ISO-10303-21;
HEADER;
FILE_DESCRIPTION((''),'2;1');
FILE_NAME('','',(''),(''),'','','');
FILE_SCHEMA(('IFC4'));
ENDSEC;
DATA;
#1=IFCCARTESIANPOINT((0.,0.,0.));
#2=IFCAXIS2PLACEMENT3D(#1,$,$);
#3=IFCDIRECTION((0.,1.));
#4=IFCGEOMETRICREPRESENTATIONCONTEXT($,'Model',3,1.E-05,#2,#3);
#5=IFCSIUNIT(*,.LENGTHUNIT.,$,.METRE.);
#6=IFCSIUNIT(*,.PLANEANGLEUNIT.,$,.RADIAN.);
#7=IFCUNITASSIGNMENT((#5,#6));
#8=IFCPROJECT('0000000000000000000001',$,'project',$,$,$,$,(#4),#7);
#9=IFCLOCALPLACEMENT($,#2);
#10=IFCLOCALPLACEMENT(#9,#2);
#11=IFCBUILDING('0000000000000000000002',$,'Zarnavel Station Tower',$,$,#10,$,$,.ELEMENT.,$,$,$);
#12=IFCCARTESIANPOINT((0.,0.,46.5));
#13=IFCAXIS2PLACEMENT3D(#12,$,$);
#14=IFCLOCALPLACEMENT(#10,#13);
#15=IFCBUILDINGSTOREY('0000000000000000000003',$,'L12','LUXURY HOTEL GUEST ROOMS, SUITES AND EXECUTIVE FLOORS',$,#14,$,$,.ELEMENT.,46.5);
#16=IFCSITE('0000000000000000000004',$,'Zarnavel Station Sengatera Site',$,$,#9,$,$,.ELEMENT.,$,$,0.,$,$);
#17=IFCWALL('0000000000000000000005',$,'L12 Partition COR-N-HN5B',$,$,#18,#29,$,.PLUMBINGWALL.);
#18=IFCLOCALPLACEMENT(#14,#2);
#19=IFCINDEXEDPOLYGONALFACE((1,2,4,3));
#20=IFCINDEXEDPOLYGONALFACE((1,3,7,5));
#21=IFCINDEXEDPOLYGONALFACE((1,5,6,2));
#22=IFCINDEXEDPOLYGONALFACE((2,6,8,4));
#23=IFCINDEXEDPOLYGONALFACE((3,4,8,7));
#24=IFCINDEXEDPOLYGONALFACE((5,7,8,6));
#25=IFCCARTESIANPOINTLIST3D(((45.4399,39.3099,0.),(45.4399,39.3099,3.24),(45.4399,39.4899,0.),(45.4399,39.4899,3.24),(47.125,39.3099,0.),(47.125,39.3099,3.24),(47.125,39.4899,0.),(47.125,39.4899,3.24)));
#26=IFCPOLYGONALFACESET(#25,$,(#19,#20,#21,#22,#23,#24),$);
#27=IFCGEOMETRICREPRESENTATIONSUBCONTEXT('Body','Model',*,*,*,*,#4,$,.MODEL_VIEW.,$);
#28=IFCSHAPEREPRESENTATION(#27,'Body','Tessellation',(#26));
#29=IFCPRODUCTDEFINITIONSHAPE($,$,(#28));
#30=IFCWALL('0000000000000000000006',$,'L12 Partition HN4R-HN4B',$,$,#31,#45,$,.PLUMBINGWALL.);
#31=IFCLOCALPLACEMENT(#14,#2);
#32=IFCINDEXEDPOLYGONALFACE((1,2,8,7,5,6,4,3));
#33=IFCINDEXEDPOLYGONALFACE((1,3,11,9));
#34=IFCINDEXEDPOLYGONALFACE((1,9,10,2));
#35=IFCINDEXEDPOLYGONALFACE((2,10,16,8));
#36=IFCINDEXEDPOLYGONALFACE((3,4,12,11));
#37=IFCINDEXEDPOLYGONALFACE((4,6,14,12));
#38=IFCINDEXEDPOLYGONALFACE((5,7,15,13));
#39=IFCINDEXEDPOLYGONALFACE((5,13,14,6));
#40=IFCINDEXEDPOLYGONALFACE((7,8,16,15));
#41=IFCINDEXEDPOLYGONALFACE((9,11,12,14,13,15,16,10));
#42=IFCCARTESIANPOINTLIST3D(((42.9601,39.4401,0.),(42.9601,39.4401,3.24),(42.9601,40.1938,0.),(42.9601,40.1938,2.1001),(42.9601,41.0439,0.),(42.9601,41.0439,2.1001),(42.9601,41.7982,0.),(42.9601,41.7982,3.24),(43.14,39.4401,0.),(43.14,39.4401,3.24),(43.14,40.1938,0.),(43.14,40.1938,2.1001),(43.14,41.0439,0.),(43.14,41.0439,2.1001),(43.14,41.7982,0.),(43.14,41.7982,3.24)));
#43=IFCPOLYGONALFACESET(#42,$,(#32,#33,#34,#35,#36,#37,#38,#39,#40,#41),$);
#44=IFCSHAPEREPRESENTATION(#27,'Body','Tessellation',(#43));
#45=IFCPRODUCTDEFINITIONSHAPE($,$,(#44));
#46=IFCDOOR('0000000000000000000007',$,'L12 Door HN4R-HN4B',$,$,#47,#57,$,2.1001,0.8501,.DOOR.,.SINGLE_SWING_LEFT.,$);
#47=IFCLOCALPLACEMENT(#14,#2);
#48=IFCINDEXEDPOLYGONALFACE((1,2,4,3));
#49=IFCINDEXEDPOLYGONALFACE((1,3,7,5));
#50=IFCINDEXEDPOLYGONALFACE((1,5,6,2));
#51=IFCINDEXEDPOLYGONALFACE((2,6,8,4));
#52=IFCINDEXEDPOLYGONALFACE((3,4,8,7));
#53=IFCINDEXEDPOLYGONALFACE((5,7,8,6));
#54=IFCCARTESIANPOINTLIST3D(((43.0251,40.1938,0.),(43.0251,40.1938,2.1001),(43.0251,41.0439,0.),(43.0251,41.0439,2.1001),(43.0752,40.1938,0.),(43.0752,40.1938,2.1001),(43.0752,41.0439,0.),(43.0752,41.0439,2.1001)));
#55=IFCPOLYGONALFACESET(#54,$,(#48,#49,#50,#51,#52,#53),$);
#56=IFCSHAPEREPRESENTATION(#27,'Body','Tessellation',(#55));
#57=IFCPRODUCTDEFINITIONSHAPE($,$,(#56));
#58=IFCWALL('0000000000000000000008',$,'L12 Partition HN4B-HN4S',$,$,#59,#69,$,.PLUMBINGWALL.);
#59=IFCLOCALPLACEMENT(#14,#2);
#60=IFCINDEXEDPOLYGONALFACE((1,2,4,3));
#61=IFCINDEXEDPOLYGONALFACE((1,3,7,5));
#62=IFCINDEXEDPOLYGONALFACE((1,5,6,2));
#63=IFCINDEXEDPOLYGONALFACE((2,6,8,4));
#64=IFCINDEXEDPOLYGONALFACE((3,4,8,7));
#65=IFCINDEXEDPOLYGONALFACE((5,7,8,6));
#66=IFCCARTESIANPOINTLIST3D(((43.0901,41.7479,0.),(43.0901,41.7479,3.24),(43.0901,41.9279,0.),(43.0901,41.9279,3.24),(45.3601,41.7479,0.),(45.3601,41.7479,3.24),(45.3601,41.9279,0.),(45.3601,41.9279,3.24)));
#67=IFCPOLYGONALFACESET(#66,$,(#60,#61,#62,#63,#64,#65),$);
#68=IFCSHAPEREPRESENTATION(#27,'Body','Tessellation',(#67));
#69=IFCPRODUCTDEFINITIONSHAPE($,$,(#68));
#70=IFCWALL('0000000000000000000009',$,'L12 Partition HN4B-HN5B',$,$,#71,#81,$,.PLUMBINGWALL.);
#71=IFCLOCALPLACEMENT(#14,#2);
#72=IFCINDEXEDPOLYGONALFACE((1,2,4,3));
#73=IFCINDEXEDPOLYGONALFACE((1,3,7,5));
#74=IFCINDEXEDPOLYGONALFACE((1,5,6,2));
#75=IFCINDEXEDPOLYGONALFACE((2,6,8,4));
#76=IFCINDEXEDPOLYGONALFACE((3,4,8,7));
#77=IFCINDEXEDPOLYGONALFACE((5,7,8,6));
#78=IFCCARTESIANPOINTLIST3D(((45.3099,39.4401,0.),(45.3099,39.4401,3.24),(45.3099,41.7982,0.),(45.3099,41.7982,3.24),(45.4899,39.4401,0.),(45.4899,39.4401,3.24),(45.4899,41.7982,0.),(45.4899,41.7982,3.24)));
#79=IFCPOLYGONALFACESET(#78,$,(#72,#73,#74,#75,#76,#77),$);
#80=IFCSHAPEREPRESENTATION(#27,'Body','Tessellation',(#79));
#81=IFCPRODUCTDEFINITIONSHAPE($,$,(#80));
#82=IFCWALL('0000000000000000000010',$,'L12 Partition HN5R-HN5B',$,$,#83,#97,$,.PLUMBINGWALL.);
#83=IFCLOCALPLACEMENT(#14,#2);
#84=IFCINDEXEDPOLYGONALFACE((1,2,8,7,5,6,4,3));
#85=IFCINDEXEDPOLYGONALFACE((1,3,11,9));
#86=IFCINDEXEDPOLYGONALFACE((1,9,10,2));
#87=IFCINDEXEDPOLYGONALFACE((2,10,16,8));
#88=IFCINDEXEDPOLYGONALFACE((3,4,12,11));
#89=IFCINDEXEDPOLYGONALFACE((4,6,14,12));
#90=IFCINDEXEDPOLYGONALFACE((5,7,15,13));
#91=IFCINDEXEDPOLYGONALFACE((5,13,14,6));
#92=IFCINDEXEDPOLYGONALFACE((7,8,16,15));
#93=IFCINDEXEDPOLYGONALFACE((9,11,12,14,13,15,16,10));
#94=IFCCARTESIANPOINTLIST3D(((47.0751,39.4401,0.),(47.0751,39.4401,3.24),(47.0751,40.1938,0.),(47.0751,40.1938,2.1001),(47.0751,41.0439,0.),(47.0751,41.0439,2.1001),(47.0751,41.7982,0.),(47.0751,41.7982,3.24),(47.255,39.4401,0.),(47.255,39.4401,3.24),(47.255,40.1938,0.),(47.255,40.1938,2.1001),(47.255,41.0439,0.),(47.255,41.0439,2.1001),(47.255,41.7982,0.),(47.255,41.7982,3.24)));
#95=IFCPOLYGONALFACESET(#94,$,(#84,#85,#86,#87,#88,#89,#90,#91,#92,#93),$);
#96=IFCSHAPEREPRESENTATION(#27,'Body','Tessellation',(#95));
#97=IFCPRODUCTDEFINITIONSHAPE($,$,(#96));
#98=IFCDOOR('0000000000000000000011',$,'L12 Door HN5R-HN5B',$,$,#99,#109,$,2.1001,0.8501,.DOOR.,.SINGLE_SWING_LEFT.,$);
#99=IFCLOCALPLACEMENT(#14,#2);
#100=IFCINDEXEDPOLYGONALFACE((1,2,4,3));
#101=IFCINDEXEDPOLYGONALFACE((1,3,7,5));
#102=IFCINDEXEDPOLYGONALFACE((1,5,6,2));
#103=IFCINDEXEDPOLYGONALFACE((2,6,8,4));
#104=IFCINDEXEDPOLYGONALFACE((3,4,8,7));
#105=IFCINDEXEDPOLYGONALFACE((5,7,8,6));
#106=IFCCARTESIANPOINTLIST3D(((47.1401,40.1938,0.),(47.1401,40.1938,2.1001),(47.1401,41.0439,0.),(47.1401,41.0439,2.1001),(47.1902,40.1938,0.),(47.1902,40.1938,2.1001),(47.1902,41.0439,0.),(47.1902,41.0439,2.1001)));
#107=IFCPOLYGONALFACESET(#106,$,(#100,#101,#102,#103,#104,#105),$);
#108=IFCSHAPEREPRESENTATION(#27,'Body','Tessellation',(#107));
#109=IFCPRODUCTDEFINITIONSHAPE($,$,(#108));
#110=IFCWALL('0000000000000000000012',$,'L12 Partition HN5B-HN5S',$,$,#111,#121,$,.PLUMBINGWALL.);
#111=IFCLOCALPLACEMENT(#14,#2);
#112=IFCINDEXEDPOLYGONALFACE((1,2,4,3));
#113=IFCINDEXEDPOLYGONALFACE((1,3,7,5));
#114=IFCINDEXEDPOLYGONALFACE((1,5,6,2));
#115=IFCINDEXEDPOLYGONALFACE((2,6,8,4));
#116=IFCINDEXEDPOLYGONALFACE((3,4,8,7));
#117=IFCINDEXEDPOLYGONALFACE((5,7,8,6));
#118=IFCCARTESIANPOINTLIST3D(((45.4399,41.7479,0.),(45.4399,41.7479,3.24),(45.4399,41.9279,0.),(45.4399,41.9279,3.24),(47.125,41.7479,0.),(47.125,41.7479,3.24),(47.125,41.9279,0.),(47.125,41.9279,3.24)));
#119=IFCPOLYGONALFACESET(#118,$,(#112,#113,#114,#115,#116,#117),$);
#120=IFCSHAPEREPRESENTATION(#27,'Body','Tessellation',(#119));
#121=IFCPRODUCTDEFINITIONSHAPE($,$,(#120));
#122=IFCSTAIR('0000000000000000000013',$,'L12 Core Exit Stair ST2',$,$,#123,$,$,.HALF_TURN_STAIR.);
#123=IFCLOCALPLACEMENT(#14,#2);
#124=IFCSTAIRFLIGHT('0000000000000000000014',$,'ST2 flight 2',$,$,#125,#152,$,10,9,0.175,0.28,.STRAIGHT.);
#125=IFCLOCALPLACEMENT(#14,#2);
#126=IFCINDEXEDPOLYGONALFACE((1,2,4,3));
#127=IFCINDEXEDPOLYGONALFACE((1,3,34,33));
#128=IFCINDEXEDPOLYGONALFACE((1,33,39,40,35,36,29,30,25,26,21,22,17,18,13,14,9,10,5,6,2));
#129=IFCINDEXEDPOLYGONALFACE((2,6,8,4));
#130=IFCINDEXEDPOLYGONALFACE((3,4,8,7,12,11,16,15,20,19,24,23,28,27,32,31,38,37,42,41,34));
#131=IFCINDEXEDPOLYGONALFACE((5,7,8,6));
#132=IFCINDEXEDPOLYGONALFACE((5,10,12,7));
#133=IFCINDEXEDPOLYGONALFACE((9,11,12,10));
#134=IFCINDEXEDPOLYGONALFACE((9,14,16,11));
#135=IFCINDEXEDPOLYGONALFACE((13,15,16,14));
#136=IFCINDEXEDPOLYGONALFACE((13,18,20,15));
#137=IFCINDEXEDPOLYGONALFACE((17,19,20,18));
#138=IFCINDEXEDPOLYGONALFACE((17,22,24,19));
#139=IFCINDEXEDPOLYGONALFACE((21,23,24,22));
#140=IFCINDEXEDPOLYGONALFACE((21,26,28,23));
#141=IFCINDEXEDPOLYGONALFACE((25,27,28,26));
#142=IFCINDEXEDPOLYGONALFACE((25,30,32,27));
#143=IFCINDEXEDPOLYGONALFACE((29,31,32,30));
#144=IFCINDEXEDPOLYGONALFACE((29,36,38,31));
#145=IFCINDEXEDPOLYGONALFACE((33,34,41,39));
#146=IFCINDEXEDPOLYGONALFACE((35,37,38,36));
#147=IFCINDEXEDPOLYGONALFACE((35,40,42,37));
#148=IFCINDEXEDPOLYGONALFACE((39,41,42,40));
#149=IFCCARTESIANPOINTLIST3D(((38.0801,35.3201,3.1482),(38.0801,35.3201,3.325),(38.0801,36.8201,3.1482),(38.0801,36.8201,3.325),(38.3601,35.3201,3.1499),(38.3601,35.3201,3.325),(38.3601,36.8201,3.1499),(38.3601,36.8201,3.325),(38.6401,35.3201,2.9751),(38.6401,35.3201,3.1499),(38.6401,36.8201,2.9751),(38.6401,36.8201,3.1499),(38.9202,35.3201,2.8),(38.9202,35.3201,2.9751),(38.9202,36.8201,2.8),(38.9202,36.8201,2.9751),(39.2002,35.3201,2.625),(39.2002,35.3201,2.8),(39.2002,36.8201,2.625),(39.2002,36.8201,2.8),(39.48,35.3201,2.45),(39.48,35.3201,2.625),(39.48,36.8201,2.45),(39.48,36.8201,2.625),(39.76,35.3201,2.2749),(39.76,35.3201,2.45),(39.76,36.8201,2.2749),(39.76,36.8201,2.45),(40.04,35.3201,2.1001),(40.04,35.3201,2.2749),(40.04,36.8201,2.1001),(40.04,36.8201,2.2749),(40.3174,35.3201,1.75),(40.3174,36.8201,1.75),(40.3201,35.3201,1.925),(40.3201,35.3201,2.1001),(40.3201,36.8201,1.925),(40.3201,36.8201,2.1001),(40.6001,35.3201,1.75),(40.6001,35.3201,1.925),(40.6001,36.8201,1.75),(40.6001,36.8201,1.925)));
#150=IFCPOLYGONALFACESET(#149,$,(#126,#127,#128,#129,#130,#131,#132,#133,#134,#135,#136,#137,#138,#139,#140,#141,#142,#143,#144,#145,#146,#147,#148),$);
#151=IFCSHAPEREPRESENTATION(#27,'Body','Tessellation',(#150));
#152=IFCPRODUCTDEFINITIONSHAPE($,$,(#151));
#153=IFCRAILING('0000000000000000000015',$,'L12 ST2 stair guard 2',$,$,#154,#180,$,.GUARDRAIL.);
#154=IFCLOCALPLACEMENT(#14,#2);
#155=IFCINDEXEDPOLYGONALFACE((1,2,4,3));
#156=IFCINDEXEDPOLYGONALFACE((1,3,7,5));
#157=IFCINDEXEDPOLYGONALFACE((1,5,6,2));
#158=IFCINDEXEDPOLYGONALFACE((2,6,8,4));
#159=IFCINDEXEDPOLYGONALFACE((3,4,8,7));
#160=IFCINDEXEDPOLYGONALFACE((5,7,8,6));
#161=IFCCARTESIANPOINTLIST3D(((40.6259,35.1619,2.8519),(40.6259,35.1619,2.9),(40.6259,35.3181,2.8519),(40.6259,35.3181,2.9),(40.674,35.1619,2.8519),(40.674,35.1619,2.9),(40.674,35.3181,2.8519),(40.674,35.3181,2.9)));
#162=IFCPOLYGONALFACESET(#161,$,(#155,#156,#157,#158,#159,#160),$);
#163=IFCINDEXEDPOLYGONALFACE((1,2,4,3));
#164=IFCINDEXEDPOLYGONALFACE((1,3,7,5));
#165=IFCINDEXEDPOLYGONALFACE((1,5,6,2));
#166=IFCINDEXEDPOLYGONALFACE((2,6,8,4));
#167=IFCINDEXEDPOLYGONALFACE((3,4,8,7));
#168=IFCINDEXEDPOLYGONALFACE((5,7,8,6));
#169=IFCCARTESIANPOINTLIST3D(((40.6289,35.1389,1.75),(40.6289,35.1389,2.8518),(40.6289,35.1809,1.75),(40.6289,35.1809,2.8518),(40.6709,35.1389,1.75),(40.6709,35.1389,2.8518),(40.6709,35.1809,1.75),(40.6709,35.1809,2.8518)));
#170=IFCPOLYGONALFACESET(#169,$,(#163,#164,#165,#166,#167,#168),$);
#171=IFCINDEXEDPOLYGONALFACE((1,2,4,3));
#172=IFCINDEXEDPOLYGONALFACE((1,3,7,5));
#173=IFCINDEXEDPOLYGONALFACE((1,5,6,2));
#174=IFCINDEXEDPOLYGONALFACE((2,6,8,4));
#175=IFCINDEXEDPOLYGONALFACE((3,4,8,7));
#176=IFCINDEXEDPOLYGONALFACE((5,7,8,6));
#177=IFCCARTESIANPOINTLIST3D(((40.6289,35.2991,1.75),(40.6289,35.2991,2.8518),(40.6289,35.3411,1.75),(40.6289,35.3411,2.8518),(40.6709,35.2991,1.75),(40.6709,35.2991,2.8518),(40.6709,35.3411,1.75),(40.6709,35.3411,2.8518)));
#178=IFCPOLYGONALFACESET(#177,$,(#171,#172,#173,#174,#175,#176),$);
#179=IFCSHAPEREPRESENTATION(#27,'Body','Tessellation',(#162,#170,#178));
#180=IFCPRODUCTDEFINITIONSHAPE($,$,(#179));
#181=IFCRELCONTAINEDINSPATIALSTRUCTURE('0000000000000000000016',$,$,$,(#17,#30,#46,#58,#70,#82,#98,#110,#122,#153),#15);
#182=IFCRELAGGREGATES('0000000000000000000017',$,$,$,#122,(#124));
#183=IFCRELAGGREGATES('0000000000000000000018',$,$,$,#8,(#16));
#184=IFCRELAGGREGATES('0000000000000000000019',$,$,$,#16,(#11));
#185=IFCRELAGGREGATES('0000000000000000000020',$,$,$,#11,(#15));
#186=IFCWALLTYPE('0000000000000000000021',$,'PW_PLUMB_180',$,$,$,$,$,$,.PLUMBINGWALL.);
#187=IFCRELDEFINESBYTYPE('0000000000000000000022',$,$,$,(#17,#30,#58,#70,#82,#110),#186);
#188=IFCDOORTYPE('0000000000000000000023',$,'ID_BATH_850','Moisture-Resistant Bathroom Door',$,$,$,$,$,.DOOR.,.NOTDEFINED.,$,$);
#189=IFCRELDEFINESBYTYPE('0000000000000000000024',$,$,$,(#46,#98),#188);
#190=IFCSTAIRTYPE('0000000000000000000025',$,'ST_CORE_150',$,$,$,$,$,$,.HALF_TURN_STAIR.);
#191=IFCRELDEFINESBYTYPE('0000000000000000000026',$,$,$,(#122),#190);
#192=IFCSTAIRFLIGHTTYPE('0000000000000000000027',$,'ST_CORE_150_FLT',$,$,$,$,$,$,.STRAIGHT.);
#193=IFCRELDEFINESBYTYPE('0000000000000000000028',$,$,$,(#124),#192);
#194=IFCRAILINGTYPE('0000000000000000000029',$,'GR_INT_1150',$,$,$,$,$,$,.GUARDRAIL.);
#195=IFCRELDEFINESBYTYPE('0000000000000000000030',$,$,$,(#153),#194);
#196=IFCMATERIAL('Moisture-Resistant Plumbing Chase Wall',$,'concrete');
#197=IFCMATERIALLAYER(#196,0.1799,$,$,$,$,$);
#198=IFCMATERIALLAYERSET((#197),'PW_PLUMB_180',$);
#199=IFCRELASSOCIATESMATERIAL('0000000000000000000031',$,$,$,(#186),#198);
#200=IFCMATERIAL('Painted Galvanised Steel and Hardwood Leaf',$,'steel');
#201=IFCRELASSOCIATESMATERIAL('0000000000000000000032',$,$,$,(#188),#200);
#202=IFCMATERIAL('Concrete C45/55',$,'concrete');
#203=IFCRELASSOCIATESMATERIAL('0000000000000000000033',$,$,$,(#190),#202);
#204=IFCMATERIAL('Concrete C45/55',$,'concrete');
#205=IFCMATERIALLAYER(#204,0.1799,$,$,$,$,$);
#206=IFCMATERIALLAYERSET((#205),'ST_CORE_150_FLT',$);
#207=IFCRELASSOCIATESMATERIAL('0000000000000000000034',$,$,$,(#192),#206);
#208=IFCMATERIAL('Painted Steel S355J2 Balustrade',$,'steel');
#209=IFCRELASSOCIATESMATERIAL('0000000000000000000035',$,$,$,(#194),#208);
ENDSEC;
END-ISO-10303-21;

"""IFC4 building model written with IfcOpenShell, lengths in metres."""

from ifc_helpers import new_model, si_unit, direction, frame, frame_2d, origin, origin_2d, place, context, subcontext, project, spatial, polyline, rectangle, outline, extrude, material, layer, layer_set, type_object, element, fill, aggregate, save


model = new_model("IFC4")

# Units and contexts
model_context = context("Model", 3, precision=1e-05, world=origin(), true_north=direction((0.0, 1.0)))
body_context = subcontext(model_context, "Body", "Model", "MODEL_VIEW")
ifc_project = project(units=[si_unit("LENGTHUNIT", "METRE"), si_unit("PLANEANGLEUNIT", "RADIAN")], contexts=[model_context])

# Site, building, storey
site_placement = place(None, origin())
site = spatial("IfcSite", under=ifc_project, at=site_placement, Name="Zarnavel Station Sengatera Site", CompositionType="ELEMENT", RefElevation=0.0)
building_placement = place(site_placement, origin())
building = spatial("IfcBuilding", under=site, at=building_placement, Name="Zarnavel Station Tower", CompositionType="ELEMENT")
storey_placement = place(building_placement, frame((0.0, 0.0, 46.5)))
storey = spatial("IfcBuildingStorey", under=building, at=storey_placement, Name="L12", Description="LUXURY HOTEL GUEST ROOMS, SUITES AND EXECUTIVE FLOORS", CompositionType="ELEMENT", Elevation=46.5)

# Wall
ifc_material_1 = material(Name="Moisture-Resistant Plumbing Chase Wall", Category="concrete")
ifc_layer_1 = layer(ifc_material_1, 0.1799)
ifc_layer_set_1 = layer_set([ifc_layer_1], Name="PW_PLUMB_180")
wall_type_1 = type_object("IfcWallType", Name="PW_PLUMB_180", PredefinedType="PLUMBINGWALL", material=ifc_layer_set_1)
wall_1_placement = place(storey_placement, frame((45.4399, 39.3999, 0.0), z_axis=(0.0, 0.0, 1.0), x_axis=(1.0, 0.0, 0.0)))
element("IfcWall", 1, at=wall_1_placement, inside=storey, type_object=wall_type_1, Name="L12 Partition COR-N-HN5B", PredefinedType="PLUMBINGWALL", context=body_context, shape_type="SweptSolid", body=[
    extrude(rectangle(XDim=1.6851, YDim=0.1799, at=frame_2d((0.8425, 0.0))), origin(), (0.0, 0.0, 1.0), 3.24),
])

# Wall, opening, door
wall_2_placement = place(storey_placement, frame((43.05, 39.4399, 0.0), z_axis=(0.0, 0.0, 1.0), x_axis=(0.0, 1.0, 0.0)))
wall_2 = element("IfcWall", 2, at=wall_2_placement, inside=storey, type_object=wall_type_1, Name="L12 Partition HN4R-HN4B", PredefinedType="PLUMBINGWALL", context=body_context, shape_type="SweptSolid", body=[
    extrude(rectangle(XDim=2.3582, YDim=0.1799, at=frame_2d((1.1792, 0.0))), origin(), (0.0, 0.0, 1.0), 3.24),
])
opening_1_placement = place(wall_2_placement, frame((0.7539, 0.0, 0.0)))
opening_1 = element("IfcOpeningElement", 3, at=opening_1_placement, cuts=wall_2, PredefinedType="OPENING", context=body_context, shape_type="SweptSolid", body=[
    extrude(rectangle(XDim=0.8501, YDim=2.1001, at=frame_2d((0.425, 1.05))), frame((0.0, 0.0999, 0.0), z_axis=(0.0, -1.0, 0.0), x_axis=(1.0, 0.0, 0.0)), (0.0, 0.0, 1.0), 0.2),
])
ifc_material_2 = material(Name="Painted Galvanised Steel and Hardwood Leaf", Category="steel")
door_type_1 = type_object("IfcDoorType", Name="ID_BATH_850", Description="Moisture-Resistant Bathroom Door", OperationType="NOTDEFINED", PredefinedType="DOOR", material=ifc_material_2)
door_1_placement = place(opening_1_placement, origin())
door_1 = element("IfcDoor", 4, at=door_1_placement, inside=storey, type_object=door_type_1, Name="L12 Door HN4R-HN4B", OperationType="SINGLE_SWING_LEFT", OverallHeight=2.1001, OverallWidth=0.8501, PredefinedType="DOOR", context=body_context, shape_type="SweptSolid", body=[
    extrude(rectangle(XDim=0.8501, YDim=2.1001, at=frame_2d((0.425, 1.05))), frame((0.0, 0.0249, 0.0), z_axis=(0.0, -1.0, 0.0), x_axis=(1.0, 0.0, 0.0)), (0.0, 0.0, 1.0), 0.05),
])
fill(opening_1, door_1)

# Walls
wall_3_placement = place(storey_placement, frame((43.0901, 41.8379, 0.0), z_axis=(0.0, 0.0, 1.0), x_axis=(1.0, 0.0, 0.0)))
element("IfcWall", 5, at=wall_3_placement, inside=storey, type_object=wall_type_1, Name="L12 Partition HN4B-HN4S", PredefinedType="PLUMBINGWALL", context=body_context, shape_type="SweptSolid", body=[
    extrude(rectangle(XDim=2.27, YDim=0.1799, at=frame_2d((1.135, 0.0))), origin(), (0.0, 0.0, 1.0), 3.24),
])
wall_4_placement = place(storey_placement, frame((45.3999, 39.4399, 0.0), z_axis=(0.0, 0.0, 1.0), x_axis=(0.0, 1.0, 0.0)))
element("IfcWall", 6, at=wall_4_placement, inside=storey, type_object=wall_type_1, Name="L12 Partition HN4B-HN5B", PredefinedType="PLUMBINGWALL", context=body_context, shape_type="SweptSolid", body=[
    extrude(rectangle(XDim=2.3582, YDim=0.1799, at=frame_2d((1.1792, 0.0))), origin(), (0.0, 0.0, 1.0), 3.24),
])

# Wall, opening, door
wall_5_placement = place(storey_placement, frame((47.165, 39.4399, 0.0), z_axis=(0.0, 0.0, 1.0), x_axis=(0.0, 1.0, 0.0)))
wall_5 = element("IfcWall", 7, at=wall_5_placement, inside=storey, type_object=wall_type_1, Name="L12 Partition HN5R-HN5B", PredefinedType="PLUMBINGWALL", context=body_context, shape_type="SweptSolid", body=[
    extrude(rectangle(XDim=2.3582, YDim=0.1799, at=frame_2d((1.1792, 0.0))), origin(), (0.0, 0.0, 1.0), 3.24),
])
opening_2_placement = place(wall_5_placement, frame((0.7539, 0.0, 0.0)))
opening_2 = element("IfcOpeningElement", 8, at=opening_2_placement, cuts=wall_5, PredefinedType="OPENING", context=body_context, shape_type="SweptSolid", body=[
    extrude(rectangle(XDim=0.8501, YDim=2.1001, at=frame_2d((0.425, 1.05))), frame((0.0, 0.0999, 0.0), z_axis=(0.0, -1.0, 0.0), x_axis=(1.0, 0.0, 0.0)), (0.0, 0.0, 1.0), 0.2),
])
door_2_placement = place(opening_2_placement, origin())
door_2 = element("IfcDoor", 9, at=door_2_placement, inside=storey, type_object=door_type_1, Name="L12 Door HN5R-HN5B", OperationType="SINGLE_SWING_LEFT", OverallHeight=2.1001, OverallWidth=0.8501, PredefinedType="DOOR", context=body_context, shape_type="SweptSolid", body=[
    extrude(rectangle(XDim=0.8501, YDim=2.1001, at=frame_2d((0.425, 1.05))), frame((0.0, 0.0249, 0.0), z_axis=(0.0, -1.0, 0.0), x_axis=(1.0, 0.0, 0.0)), (0.0, 0.0, 1.0), 0.05),
])
fill(opening_2, door_2)

# Wall
wall_6_placement = place(storey_placement, frame((45.4399, 41.8379, 0.0), z_axis=(0.0, 0.0, 1.0), x_axis=(1.0, 0.0, 0.0)))
element("IfcWall", 10, at=wall_6_placement, inside=storey, type_object=wall_type_1, Name="L12 Partition HN5B-HN5S", PredefinedType="PLUMBINGWALL", context=body_context, shape_type="SweptSolid", body=[
    extrude(rectangle(XDim=1.6851, YDim=0.1799, at=frame_2d((0.8425, 0.0))), origin(), (0.0, 0.0, 1.0), 3.24),
])

# Stair, stair flight
ifc_material_3 = material(Name="Concrete C45/55", Category="concrete")
stair_type = type_object("IfcStairType", Name="ST_CORE_150", PredefinedType="HALF_TURN_STAIR", material=ifc_material_3)
stair_placement = place(storey_placement, origin())
stair = element("IfcStair", 11, at=stair_placement, inside=storey, type_object=stair_type, Name="L12 Core Exit Stair ST2", PredefinedType="HALF_TURN_STAIR")
ifc_material_4 = material(Name="Concrete C45/55", Category="concrete")
ifc_layer_2 = layer(ifc_material_4, 0.1799)
ifc_layer_set_2 = layer_set([ifc_layer_2], Name="ST_CORE_150_FLT")
stair_flight_type = type_object("IfcStairFlightType", Name="ST_CORE_150_FLT", PredefinedType="STRAIGHT", material=ifc_layer_set_2)
stair_flight_placement = place(storey_placement, frame((40.6001, 36.0701, 1.75), z_axis=(0.0, 0.0, 1.0), x_axis=(-1.0, 0.0, 0.0)))
stair_flight = element("IfcStairFlight", 12, at=stair_flight_placement, type_object=stair_flight_type, Name="ST2 flight 2", NumberOfRisers=10, NumberOfTreads=9, PredefinedType="STRAIGHT", RiserHeight=0.175, TreadLength=0.28, context=body_context, shape_type="SweptSolid", body=[
    extrude(outline(polyline([(0.0, 0.0), (0.0, 0.175), (0.28, 0.175), (0.28, 0.3501), (0.5601, 0.3501), (0.5601, 0.5249), (0.8401, 0.5249), (0.8401, 0.7), (1.1201, 0.7), (1.1201, 0.875), (1.3999, 0.875), (1.3999, 1.05), (1.6799, 1.05), (1.6799, 1.2251), (1.96, 1.2251), (1.96, 1.3999), (2.24, 1.3999), (2.24, 1.575), (2.52, 1.575), (2.52, 1.75), (2.52, 1.3982), (0.2827, 0.0), (0.0, 0.0)])), frame((0.0, 0.75, 0.0), z_axis=(0.0, -1.0, 0.0), x_axis=(1.0, 0.0, 0.0)), (0.0, 0.0, 1.0), 1.5),
])
aggregate(stair, [stair_flight])

# Railing
ifc_material_5 = material(Name="Painted Steel S355J2 Balustrade", Category="steel")
railing_type_1 = type_object("IfcRailingType", Name="GR_INT_1150", PredefinedType="GUARDRAIL", material=ifc_material_5)
railing_1_placement = place(storey_placement, frame((40.6499, 35.1599, 1.75)))
element("IfcRailing", 13, at=railing_1_placement, inside=storey, type_object=railing_type_1, Name="L12 ST2 stair guard 2", PredefinedType="GUARDRAIL", context=body_context, shape_type="SweptSolid", body=[
    extrude(rectangle(XDim=0.0481, YDim=0.0481, at=origin_2d()), frame((0.0, 0.002, 1.126), z_axis=(0.0, 1.0, 0.0), x_axis=(-1.0, 0.0, 0.0)), (0.0, 0.0, 1.0), 0.1562),
    extrude(rectangle(XDim=0.042, YDim=0.042, at=origin_2d()), origin(), (0.0, 0.0, 1.0), 1.1018),
    extrude(rectangle(XDim=0.042, YDim=0.042, at=origin_2d()), frame((0.0, 0.1602, 0.0)), (0.0, 0.0, 1.0), 1.1018),
])

save(model, "model.ifc")
